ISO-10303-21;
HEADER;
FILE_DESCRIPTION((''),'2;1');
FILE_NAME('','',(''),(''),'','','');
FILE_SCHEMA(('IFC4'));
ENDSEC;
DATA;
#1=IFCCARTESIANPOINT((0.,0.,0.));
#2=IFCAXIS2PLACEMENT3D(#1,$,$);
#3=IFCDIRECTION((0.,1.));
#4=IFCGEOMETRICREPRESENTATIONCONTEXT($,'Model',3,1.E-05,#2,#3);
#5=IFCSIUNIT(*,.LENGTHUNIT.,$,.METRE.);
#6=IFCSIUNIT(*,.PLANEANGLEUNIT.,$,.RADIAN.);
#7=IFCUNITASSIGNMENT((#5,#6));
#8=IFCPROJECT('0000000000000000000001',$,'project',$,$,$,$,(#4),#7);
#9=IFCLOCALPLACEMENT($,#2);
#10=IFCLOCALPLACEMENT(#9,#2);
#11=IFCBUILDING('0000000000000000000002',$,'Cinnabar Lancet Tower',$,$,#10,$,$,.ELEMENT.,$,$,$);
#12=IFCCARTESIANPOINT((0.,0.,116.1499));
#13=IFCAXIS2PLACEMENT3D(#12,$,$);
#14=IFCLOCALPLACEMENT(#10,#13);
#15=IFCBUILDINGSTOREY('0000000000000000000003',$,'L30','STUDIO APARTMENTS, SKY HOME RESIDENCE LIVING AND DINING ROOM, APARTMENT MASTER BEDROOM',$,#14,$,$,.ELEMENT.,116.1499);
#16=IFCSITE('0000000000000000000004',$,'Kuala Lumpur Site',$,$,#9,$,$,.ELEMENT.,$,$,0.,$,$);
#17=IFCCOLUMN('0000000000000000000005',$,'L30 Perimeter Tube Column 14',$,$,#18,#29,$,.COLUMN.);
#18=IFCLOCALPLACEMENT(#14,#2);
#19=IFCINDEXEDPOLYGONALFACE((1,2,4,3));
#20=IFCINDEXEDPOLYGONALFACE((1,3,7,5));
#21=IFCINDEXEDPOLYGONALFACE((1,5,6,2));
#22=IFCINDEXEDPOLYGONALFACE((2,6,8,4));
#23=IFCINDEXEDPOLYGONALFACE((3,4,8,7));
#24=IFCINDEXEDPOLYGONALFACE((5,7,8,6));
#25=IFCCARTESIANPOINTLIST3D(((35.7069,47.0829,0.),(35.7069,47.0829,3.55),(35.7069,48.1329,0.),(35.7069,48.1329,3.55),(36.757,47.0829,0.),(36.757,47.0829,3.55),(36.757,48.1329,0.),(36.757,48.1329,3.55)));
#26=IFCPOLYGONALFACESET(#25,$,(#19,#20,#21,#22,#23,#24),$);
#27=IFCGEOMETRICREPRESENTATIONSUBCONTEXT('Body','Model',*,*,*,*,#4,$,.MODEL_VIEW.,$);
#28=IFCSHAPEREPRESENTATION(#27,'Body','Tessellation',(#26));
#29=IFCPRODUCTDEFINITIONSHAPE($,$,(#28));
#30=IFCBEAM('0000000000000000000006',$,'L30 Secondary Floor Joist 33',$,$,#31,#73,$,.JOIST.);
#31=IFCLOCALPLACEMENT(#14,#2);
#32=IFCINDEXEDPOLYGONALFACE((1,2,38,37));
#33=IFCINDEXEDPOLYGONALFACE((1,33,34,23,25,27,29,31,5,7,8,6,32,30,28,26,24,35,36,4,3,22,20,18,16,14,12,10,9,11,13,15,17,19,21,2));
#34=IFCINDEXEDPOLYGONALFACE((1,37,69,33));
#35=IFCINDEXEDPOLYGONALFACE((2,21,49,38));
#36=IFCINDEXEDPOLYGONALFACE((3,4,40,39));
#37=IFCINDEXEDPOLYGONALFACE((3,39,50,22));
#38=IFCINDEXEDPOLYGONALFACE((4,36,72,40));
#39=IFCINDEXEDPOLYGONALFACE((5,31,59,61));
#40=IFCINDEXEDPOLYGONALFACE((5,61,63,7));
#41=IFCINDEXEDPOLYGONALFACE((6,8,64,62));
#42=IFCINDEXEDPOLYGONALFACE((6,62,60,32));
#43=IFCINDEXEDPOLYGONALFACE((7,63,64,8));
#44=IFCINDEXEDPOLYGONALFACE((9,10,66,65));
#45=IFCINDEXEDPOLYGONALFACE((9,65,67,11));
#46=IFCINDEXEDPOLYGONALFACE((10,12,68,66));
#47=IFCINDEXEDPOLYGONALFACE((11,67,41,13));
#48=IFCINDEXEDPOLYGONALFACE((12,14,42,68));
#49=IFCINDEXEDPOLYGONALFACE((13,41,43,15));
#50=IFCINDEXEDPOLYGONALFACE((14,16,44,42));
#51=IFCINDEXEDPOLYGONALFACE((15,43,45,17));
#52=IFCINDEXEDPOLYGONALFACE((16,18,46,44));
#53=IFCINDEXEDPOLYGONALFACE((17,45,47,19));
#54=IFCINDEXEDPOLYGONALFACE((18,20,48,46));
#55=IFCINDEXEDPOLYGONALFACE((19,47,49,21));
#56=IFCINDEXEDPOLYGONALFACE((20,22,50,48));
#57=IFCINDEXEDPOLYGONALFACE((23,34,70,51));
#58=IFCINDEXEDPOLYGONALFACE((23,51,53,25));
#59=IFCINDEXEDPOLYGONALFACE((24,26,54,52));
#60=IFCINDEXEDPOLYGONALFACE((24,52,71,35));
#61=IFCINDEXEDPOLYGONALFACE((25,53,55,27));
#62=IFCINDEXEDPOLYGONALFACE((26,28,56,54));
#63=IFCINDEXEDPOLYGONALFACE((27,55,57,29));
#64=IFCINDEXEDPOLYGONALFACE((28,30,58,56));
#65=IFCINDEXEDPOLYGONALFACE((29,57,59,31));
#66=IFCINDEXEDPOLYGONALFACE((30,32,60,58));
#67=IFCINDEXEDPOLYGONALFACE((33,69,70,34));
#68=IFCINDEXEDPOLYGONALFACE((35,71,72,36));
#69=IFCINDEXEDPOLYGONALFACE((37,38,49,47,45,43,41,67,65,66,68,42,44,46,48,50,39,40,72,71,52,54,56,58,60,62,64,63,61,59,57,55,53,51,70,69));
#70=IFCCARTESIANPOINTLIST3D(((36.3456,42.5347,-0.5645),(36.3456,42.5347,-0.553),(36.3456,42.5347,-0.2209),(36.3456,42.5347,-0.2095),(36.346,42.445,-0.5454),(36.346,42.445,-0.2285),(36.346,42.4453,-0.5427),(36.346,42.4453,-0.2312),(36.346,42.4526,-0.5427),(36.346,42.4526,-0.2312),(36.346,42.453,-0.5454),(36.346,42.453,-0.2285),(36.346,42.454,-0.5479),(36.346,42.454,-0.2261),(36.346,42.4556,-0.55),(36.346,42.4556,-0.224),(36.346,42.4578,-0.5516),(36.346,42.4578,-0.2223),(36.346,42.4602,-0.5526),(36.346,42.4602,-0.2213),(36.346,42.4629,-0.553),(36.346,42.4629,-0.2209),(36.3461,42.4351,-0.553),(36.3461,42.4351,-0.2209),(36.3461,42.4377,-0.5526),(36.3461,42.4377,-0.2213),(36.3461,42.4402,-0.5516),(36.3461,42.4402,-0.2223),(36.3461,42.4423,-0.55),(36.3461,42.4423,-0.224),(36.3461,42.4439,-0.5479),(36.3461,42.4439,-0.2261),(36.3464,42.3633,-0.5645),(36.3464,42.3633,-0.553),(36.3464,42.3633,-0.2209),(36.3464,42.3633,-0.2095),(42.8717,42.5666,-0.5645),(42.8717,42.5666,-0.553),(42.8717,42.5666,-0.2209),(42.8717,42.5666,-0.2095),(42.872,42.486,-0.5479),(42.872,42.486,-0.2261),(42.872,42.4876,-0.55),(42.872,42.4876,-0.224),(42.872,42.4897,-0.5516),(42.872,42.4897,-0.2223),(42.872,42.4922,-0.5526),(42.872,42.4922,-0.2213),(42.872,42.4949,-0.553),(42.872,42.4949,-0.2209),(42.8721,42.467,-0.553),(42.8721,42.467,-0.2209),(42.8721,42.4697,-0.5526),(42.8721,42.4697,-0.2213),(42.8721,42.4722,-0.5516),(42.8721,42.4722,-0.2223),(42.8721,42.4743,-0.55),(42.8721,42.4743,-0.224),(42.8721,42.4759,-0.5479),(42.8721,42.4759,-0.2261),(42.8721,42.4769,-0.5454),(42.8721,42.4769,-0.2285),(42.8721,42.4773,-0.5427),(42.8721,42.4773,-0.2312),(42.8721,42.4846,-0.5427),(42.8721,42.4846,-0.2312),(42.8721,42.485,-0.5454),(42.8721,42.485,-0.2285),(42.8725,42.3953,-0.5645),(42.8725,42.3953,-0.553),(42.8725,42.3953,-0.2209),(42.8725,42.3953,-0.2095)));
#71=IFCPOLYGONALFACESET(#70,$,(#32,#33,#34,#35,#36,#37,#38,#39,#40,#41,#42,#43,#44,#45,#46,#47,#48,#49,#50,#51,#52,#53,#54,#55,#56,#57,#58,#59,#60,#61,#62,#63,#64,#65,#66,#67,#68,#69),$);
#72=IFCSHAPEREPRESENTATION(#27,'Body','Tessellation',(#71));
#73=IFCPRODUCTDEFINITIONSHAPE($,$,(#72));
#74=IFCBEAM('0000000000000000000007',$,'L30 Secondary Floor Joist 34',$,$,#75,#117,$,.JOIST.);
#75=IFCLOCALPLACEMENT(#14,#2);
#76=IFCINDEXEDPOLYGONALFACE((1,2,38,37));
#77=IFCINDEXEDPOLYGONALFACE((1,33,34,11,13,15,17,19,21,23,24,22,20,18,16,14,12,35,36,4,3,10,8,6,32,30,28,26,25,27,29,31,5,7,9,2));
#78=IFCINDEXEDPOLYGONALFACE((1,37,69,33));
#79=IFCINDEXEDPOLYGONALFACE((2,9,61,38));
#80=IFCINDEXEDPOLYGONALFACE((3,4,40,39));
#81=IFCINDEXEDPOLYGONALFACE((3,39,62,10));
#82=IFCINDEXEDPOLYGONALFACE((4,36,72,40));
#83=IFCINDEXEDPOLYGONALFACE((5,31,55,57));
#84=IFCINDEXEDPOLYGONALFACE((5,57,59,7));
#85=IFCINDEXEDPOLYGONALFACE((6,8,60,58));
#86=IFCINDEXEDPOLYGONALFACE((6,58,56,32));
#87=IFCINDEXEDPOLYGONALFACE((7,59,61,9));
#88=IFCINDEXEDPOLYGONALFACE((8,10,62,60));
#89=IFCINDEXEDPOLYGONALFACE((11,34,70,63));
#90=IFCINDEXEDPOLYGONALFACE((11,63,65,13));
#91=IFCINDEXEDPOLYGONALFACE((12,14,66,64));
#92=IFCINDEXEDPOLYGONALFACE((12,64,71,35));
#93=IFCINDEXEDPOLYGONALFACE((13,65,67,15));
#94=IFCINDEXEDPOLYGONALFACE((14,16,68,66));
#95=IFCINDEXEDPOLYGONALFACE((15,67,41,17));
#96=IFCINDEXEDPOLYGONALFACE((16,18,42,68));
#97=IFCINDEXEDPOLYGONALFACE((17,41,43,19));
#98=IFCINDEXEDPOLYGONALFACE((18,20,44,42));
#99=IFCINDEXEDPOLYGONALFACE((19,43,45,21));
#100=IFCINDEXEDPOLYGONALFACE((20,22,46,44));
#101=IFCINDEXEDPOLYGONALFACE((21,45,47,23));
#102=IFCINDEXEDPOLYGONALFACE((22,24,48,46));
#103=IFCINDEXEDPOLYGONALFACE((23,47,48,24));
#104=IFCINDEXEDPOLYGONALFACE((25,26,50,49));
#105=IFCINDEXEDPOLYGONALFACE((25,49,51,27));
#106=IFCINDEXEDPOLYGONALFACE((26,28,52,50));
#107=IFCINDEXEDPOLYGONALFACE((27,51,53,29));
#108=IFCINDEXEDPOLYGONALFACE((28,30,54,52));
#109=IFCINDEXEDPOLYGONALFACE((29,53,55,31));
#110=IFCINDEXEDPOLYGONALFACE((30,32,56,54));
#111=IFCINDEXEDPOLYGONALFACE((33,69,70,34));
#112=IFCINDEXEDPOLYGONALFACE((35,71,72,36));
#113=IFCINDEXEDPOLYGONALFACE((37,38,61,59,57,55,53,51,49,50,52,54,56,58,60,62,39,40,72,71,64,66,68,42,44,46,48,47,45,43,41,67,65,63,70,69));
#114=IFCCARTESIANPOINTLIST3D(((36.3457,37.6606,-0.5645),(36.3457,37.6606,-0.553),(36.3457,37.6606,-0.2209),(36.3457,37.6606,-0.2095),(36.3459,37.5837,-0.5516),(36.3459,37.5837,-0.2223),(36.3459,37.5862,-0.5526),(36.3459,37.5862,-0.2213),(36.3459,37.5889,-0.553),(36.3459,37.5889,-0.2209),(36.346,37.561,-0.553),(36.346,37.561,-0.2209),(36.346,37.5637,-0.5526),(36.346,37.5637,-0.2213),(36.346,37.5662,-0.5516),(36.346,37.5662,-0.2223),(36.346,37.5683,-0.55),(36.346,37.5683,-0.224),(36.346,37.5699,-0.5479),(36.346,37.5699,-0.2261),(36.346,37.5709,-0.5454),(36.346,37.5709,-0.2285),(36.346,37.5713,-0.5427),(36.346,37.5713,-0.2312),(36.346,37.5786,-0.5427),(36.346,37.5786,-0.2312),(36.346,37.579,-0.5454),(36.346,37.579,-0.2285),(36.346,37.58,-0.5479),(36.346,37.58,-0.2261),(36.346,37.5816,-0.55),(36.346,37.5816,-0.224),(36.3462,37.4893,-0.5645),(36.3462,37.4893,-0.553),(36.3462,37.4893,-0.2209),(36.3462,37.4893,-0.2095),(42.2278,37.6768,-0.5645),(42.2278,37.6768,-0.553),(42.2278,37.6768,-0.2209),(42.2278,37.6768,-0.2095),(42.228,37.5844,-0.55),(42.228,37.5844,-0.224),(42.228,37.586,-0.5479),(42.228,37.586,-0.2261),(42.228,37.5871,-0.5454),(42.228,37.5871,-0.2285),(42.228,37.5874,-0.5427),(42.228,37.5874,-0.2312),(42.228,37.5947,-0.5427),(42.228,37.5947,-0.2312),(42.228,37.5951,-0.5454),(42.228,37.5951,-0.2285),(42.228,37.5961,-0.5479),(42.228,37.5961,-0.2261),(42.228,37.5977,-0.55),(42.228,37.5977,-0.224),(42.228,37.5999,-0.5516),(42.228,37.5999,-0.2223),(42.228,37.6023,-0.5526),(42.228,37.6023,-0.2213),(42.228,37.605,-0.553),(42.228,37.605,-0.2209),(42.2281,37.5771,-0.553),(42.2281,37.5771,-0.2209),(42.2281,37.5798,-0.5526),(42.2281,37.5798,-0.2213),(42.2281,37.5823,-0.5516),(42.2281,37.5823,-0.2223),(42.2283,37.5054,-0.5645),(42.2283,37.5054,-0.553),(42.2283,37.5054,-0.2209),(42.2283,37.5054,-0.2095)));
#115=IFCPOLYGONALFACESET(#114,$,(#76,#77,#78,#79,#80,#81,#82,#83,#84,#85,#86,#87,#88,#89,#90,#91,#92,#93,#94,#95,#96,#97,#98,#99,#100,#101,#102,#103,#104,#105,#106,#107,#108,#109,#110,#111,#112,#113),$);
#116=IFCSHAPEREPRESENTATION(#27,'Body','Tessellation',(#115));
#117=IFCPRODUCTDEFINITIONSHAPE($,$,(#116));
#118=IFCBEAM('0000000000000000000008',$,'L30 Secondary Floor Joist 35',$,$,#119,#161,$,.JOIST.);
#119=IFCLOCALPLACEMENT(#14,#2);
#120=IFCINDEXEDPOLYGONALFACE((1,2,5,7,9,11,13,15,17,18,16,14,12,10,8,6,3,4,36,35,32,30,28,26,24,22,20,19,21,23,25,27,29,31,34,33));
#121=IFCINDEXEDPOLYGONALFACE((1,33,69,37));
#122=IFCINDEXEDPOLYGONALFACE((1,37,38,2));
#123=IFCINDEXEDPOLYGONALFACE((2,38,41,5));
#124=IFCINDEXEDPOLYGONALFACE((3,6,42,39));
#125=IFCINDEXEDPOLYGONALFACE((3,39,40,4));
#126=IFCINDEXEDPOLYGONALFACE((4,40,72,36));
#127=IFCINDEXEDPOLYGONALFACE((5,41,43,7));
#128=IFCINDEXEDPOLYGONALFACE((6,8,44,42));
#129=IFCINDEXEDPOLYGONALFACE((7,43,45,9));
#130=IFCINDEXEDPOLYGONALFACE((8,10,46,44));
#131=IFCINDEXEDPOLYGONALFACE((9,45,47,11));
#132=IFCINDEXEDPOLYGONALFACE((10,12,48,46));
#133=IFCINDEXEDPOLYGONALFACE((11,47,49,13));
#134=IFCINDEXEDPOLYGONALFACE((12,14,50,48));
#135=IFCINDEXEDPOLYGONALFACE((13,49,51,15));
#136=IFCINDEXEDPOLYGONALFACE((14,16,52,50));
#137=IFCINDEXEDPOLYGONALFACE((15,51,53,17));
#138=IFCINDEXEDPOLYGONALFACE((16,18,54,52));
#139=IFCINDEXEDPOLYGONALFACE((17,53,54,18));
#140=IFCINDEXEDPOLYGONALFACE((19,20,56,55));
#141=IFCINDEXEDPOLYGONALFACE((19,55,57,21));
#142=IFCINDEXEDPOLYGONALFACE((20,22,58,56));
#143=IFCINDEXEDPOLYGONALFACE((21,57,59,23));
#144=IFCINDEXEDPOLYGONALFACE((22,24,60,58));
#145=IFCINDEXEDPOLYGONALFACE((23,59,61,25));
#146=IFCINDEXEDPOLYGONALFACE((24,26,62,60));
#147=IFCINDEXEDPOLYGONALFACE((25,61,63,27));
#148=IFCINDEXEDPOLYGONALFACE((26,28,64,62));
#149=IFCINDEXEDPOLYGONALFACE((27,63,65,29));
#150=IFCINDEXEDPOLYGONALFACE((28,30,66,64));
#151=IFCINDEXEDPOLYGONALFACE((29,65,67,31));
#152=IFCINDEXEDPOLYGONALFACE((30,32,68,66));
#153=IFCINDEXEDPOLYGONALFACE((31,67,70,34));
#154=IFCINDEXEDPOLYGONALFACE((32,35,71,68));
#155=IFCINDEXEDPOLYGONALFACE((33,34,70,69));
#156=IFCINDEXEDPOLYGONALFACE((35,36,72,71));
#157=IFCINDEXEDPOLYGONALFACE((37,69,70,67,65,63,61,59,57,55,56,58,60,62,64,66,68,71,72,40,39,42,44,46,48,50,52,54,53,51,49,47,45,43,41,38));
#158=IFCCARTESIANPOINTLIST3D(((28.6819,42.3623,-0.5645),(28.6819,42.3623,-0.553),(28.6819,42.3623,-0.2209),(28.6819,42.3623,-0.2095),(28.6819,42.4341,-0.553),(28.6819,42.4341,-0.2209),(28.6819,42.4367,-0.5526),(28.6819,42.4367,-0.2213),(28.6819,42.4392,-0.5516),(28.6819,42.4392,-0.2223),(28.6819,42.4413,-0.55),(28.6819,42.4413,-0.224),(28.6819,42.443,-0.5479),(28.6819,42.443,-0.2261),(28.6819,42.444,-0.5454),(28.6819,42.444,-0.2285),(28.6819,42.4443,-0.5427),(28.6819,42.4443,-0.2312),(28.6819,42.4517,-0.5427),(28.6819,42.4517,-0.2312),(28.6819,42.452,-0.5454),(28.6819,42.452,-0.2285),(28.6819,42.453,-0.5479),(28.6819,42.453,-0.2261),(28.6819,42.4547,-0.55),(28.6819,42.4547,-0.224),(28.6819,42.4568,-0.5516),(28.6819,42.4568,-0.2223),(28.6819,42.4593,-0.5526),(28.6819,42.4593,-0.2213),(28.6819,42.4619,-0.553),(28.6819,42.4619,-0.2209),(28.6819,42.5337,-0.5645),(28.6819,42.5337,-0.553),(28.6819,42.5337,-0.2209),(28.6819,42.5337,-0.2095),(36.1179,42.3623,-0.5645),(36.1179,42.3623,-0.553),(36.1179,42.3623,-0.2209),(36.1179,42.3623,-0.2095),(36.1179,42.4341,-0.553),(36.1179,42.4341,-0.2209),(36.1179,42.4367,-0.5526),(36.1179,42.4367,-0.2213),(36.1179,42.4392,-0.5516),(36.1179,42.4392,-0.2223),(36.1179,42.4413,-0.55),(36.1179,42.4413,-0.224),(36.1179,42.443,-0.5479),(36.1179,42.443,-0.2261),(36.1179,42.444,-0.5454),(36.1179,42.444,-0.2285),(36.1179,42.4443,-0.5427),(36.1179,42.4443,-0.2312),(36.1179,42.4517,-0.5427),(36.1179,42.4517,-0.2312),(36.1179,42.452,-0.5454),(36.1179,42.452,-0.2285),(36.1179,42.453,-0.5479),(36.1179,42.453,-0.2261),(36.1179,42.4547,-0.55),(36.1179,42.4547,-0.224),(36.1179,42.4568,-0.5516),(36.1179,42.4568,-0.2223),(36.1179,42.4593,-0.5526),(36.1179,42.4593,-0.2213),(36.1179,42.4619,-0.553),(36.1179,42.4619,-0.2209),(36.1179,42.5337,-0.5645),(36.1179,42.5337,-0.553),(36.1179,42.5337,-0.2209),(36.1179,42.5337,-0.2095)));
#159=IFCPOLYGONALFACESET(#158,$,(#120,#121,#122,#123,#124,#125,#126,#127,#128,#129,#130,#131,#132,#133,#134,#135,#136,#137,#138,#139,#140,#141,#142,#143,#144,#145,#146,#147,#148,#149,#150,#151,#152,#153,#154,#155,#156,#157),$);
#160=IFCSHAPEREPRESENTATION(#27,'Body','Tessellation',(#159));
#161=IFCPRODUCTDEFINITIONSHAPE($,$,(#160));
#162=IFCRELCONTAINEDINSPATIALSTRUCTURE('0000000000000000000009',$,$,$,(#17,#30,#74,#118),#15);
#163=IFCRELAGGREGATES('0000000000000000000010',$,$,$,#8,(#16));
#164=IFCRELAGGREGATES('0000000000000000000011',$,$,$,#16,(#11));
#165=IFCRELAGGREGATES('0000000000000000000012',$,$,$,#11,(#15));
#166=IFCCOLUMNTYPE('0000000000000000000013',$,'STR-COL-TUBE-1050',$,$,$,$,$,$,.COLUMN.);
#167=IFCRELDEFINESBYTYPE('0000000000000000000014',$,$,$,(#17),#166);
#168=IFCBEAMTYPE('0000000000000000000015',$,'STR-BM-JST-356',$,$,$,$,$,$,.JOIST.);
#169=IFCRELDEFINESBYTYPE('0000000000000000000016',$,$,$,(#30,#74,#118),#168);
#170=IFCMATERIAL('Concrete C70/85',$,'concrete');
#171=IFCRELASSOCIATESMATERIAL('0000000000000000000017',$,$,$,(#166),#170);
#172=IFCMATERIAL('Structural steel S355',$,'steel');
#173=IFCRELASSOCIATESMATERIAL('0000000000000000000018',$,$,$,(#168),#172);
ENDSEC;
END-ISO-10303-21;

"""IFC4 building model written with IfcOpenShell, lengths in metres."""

from ifc_helpers import new_model, si_unit, direction, frame, origin, origin_2d, place, context, subcontext, project, spatial, rectangle, i_section, extrude, material, material_profile, profile_set, type_object, element, save


model = new_model("IFC4")

# Units and contexts
model_context = context("Model", 3, precision=1e-05, world=origin(), true_north=direction((0.0, 1.0)))
body_context = subcontext(model_context, "Body", "Model", "MODEL_VIEW")
ifc_project = project(units=[si_unit("LENGTHUNIT", "METRE"), si_unit("PLANEANGLEUNIT", "RADIAN")], contexts=[model_context])

# Site, building, storey
site_placement = place(None, origin())
site = spatial("IfcSite", under=ifc_project, at=site_placement, Name="Kuala Lumpur Site", CompositionType="ELEMENT", RefElevation=0.0)
building_placement = place(site_placement, origin())
building = spatial("IfcBuilding", under=site, at=building_placement, Name="Cinnabar Lancet Tower", CompositionType="ELEMENT")
storey_placement = place(building_placement, frame((0.0, 0.0, 116.1499)))
storey = spatial("IfcBuildingStorey", under=building, at=storey_placement, Name="L30", Description="STUDIO APARTMENTS, SKY HOME RESIDENCE LIVING AND DINING ROOM, APARTMENT MASTER BEDROOM", CompositionType="ELEMENT", Elevation=116.1499)

# Column
ifc_material_1 = material(Name="Concrete C70/85", Category="concrete")
ifc_material_profile_1 = material_profile(ifc_material_1, rectangle(XDim=1.05, YDim=1.05, at=origin_2d()), Name="RC-COL 1050x1050")
ifc_profile_set_1 = profile_set([ifc_material_profile_1], Name="Concrete C70/85")
column_type = type_object("IfcColumnType", Name="STR-COL-TUBE-1050", PredefinedType="COLUMN", material=ifc_profile_set_1)
column_placement = place(storey_placement, frame((36.2319, 47.6079, 0.0), z_axis=(0.0, 0.0, 1.0), x_axis=(1.0, 0.0, 0.0)))
element("IfcColumn", 1, at=column_placement, inside=storey, type_object=column_type, Name="L30 Perimeter Tube Column 14", PredefinedType="COLUMN", context=body_context, shape_type="SweptSolid", body=[
    extrude(rectangle(XDim=1.05, YDim=1.05, at=origin_2d()), origin(), (0.0, 0.0, 1.0), 3.55),
])

# Beams
ifc_material_2 = material(Name="Structural steel S355", Category="steel")
ifc_material_profile_2 = material_profile(ifc_material_2, i_section(OverallWidth=0.1714, OverallDepth=0.355, WebThickness=0.0073, FlangeThickness=0.0115, FilletRadius=0.0103, at=origin_2d()), Name="UKB 356x171x51")
ifc_profile_set_2 = profile_set([ifc_material_profile_2], Name="Structural steel S355")
beam_type_1 = type_object("IfcBeamType", Name="STR-BM-JST-356", PredefinedType="JOIST", material=ifc_profile_set_2)
beam_1_placement = place(storey_placement, frame((42.8721, 42.481, -0.387), z_axis=(-0.999988, -0.004901, 0.0), x_axis=(0.004901, -0.999988, 0.0)))
element("IfcBeam", 2, at=beam_1_placement, inside=storey, type_object=beam_type_1, Name="L30 Secondary Floor Joist 33", PredefinedType="JOIST", context=body_context, shape_type="SweptSolid", body=[
    extrude(i_section(OverallWidth=0.1714, OverallDepth=0.355, WebThickness=0.0073, FlangeThickness=0.0115, FilletRadius=0.0103, at=origin_2d()), origin(), (0.0, 0.0, 1.0), 6.5261),
])
beam_2_placement = place(storey_placement, frame((42.228, 37.5911, -0.387), z_axis=(-0.999996, -0.002739, 0.0), x_axis=(0.002739, -0.999996, 0.0)))
element("IfcBeam", 3, at=beam_2_placement, inside=storey, type_object=beam_type_1, Name="L30 Secondary Floor Joist 34", PredefinedType="JOIST", context=body_context, shape_type="SweptSolid", body=[
    extrude(i_section(OverallWidth=0.1714, OverallDepth=0.355, WebThickness=0.0073, FlangeThickness=0.0115, FilletRadius=0.0103, at=origin_2d()), origin(), (0.0, 0.0, 1.0), 5.8821),
])
for number, where, z_axis, x_axis, name in (
    (4, (36.1179, 42.448, -0.387), (-1.0, 0.0, 0.0), (0.0, -1.0, 0.0), "L30 Secondary Floor Joist 35"),
):
    element("IfcBeam", number, at=place(storey_placement, frame(where, z_axis=z_axis, x_axis=x_axis)), inside=storey, type_object=beam_type_1, Name=name, PredefinedType="JOIST", context=body_context, shape_type="SweptSolid", body=[
        extrude(i_section(OverallWidth=0.1714, OverallDepth=0.355, WebThickness=0.0073, FlangeThickness=0.0115, FilletRadius=0.0103, at=origin_2d()), origin(), (0.0, 0.0, 1.0), 7.436),
    ])

save(model, "model.ifc")
